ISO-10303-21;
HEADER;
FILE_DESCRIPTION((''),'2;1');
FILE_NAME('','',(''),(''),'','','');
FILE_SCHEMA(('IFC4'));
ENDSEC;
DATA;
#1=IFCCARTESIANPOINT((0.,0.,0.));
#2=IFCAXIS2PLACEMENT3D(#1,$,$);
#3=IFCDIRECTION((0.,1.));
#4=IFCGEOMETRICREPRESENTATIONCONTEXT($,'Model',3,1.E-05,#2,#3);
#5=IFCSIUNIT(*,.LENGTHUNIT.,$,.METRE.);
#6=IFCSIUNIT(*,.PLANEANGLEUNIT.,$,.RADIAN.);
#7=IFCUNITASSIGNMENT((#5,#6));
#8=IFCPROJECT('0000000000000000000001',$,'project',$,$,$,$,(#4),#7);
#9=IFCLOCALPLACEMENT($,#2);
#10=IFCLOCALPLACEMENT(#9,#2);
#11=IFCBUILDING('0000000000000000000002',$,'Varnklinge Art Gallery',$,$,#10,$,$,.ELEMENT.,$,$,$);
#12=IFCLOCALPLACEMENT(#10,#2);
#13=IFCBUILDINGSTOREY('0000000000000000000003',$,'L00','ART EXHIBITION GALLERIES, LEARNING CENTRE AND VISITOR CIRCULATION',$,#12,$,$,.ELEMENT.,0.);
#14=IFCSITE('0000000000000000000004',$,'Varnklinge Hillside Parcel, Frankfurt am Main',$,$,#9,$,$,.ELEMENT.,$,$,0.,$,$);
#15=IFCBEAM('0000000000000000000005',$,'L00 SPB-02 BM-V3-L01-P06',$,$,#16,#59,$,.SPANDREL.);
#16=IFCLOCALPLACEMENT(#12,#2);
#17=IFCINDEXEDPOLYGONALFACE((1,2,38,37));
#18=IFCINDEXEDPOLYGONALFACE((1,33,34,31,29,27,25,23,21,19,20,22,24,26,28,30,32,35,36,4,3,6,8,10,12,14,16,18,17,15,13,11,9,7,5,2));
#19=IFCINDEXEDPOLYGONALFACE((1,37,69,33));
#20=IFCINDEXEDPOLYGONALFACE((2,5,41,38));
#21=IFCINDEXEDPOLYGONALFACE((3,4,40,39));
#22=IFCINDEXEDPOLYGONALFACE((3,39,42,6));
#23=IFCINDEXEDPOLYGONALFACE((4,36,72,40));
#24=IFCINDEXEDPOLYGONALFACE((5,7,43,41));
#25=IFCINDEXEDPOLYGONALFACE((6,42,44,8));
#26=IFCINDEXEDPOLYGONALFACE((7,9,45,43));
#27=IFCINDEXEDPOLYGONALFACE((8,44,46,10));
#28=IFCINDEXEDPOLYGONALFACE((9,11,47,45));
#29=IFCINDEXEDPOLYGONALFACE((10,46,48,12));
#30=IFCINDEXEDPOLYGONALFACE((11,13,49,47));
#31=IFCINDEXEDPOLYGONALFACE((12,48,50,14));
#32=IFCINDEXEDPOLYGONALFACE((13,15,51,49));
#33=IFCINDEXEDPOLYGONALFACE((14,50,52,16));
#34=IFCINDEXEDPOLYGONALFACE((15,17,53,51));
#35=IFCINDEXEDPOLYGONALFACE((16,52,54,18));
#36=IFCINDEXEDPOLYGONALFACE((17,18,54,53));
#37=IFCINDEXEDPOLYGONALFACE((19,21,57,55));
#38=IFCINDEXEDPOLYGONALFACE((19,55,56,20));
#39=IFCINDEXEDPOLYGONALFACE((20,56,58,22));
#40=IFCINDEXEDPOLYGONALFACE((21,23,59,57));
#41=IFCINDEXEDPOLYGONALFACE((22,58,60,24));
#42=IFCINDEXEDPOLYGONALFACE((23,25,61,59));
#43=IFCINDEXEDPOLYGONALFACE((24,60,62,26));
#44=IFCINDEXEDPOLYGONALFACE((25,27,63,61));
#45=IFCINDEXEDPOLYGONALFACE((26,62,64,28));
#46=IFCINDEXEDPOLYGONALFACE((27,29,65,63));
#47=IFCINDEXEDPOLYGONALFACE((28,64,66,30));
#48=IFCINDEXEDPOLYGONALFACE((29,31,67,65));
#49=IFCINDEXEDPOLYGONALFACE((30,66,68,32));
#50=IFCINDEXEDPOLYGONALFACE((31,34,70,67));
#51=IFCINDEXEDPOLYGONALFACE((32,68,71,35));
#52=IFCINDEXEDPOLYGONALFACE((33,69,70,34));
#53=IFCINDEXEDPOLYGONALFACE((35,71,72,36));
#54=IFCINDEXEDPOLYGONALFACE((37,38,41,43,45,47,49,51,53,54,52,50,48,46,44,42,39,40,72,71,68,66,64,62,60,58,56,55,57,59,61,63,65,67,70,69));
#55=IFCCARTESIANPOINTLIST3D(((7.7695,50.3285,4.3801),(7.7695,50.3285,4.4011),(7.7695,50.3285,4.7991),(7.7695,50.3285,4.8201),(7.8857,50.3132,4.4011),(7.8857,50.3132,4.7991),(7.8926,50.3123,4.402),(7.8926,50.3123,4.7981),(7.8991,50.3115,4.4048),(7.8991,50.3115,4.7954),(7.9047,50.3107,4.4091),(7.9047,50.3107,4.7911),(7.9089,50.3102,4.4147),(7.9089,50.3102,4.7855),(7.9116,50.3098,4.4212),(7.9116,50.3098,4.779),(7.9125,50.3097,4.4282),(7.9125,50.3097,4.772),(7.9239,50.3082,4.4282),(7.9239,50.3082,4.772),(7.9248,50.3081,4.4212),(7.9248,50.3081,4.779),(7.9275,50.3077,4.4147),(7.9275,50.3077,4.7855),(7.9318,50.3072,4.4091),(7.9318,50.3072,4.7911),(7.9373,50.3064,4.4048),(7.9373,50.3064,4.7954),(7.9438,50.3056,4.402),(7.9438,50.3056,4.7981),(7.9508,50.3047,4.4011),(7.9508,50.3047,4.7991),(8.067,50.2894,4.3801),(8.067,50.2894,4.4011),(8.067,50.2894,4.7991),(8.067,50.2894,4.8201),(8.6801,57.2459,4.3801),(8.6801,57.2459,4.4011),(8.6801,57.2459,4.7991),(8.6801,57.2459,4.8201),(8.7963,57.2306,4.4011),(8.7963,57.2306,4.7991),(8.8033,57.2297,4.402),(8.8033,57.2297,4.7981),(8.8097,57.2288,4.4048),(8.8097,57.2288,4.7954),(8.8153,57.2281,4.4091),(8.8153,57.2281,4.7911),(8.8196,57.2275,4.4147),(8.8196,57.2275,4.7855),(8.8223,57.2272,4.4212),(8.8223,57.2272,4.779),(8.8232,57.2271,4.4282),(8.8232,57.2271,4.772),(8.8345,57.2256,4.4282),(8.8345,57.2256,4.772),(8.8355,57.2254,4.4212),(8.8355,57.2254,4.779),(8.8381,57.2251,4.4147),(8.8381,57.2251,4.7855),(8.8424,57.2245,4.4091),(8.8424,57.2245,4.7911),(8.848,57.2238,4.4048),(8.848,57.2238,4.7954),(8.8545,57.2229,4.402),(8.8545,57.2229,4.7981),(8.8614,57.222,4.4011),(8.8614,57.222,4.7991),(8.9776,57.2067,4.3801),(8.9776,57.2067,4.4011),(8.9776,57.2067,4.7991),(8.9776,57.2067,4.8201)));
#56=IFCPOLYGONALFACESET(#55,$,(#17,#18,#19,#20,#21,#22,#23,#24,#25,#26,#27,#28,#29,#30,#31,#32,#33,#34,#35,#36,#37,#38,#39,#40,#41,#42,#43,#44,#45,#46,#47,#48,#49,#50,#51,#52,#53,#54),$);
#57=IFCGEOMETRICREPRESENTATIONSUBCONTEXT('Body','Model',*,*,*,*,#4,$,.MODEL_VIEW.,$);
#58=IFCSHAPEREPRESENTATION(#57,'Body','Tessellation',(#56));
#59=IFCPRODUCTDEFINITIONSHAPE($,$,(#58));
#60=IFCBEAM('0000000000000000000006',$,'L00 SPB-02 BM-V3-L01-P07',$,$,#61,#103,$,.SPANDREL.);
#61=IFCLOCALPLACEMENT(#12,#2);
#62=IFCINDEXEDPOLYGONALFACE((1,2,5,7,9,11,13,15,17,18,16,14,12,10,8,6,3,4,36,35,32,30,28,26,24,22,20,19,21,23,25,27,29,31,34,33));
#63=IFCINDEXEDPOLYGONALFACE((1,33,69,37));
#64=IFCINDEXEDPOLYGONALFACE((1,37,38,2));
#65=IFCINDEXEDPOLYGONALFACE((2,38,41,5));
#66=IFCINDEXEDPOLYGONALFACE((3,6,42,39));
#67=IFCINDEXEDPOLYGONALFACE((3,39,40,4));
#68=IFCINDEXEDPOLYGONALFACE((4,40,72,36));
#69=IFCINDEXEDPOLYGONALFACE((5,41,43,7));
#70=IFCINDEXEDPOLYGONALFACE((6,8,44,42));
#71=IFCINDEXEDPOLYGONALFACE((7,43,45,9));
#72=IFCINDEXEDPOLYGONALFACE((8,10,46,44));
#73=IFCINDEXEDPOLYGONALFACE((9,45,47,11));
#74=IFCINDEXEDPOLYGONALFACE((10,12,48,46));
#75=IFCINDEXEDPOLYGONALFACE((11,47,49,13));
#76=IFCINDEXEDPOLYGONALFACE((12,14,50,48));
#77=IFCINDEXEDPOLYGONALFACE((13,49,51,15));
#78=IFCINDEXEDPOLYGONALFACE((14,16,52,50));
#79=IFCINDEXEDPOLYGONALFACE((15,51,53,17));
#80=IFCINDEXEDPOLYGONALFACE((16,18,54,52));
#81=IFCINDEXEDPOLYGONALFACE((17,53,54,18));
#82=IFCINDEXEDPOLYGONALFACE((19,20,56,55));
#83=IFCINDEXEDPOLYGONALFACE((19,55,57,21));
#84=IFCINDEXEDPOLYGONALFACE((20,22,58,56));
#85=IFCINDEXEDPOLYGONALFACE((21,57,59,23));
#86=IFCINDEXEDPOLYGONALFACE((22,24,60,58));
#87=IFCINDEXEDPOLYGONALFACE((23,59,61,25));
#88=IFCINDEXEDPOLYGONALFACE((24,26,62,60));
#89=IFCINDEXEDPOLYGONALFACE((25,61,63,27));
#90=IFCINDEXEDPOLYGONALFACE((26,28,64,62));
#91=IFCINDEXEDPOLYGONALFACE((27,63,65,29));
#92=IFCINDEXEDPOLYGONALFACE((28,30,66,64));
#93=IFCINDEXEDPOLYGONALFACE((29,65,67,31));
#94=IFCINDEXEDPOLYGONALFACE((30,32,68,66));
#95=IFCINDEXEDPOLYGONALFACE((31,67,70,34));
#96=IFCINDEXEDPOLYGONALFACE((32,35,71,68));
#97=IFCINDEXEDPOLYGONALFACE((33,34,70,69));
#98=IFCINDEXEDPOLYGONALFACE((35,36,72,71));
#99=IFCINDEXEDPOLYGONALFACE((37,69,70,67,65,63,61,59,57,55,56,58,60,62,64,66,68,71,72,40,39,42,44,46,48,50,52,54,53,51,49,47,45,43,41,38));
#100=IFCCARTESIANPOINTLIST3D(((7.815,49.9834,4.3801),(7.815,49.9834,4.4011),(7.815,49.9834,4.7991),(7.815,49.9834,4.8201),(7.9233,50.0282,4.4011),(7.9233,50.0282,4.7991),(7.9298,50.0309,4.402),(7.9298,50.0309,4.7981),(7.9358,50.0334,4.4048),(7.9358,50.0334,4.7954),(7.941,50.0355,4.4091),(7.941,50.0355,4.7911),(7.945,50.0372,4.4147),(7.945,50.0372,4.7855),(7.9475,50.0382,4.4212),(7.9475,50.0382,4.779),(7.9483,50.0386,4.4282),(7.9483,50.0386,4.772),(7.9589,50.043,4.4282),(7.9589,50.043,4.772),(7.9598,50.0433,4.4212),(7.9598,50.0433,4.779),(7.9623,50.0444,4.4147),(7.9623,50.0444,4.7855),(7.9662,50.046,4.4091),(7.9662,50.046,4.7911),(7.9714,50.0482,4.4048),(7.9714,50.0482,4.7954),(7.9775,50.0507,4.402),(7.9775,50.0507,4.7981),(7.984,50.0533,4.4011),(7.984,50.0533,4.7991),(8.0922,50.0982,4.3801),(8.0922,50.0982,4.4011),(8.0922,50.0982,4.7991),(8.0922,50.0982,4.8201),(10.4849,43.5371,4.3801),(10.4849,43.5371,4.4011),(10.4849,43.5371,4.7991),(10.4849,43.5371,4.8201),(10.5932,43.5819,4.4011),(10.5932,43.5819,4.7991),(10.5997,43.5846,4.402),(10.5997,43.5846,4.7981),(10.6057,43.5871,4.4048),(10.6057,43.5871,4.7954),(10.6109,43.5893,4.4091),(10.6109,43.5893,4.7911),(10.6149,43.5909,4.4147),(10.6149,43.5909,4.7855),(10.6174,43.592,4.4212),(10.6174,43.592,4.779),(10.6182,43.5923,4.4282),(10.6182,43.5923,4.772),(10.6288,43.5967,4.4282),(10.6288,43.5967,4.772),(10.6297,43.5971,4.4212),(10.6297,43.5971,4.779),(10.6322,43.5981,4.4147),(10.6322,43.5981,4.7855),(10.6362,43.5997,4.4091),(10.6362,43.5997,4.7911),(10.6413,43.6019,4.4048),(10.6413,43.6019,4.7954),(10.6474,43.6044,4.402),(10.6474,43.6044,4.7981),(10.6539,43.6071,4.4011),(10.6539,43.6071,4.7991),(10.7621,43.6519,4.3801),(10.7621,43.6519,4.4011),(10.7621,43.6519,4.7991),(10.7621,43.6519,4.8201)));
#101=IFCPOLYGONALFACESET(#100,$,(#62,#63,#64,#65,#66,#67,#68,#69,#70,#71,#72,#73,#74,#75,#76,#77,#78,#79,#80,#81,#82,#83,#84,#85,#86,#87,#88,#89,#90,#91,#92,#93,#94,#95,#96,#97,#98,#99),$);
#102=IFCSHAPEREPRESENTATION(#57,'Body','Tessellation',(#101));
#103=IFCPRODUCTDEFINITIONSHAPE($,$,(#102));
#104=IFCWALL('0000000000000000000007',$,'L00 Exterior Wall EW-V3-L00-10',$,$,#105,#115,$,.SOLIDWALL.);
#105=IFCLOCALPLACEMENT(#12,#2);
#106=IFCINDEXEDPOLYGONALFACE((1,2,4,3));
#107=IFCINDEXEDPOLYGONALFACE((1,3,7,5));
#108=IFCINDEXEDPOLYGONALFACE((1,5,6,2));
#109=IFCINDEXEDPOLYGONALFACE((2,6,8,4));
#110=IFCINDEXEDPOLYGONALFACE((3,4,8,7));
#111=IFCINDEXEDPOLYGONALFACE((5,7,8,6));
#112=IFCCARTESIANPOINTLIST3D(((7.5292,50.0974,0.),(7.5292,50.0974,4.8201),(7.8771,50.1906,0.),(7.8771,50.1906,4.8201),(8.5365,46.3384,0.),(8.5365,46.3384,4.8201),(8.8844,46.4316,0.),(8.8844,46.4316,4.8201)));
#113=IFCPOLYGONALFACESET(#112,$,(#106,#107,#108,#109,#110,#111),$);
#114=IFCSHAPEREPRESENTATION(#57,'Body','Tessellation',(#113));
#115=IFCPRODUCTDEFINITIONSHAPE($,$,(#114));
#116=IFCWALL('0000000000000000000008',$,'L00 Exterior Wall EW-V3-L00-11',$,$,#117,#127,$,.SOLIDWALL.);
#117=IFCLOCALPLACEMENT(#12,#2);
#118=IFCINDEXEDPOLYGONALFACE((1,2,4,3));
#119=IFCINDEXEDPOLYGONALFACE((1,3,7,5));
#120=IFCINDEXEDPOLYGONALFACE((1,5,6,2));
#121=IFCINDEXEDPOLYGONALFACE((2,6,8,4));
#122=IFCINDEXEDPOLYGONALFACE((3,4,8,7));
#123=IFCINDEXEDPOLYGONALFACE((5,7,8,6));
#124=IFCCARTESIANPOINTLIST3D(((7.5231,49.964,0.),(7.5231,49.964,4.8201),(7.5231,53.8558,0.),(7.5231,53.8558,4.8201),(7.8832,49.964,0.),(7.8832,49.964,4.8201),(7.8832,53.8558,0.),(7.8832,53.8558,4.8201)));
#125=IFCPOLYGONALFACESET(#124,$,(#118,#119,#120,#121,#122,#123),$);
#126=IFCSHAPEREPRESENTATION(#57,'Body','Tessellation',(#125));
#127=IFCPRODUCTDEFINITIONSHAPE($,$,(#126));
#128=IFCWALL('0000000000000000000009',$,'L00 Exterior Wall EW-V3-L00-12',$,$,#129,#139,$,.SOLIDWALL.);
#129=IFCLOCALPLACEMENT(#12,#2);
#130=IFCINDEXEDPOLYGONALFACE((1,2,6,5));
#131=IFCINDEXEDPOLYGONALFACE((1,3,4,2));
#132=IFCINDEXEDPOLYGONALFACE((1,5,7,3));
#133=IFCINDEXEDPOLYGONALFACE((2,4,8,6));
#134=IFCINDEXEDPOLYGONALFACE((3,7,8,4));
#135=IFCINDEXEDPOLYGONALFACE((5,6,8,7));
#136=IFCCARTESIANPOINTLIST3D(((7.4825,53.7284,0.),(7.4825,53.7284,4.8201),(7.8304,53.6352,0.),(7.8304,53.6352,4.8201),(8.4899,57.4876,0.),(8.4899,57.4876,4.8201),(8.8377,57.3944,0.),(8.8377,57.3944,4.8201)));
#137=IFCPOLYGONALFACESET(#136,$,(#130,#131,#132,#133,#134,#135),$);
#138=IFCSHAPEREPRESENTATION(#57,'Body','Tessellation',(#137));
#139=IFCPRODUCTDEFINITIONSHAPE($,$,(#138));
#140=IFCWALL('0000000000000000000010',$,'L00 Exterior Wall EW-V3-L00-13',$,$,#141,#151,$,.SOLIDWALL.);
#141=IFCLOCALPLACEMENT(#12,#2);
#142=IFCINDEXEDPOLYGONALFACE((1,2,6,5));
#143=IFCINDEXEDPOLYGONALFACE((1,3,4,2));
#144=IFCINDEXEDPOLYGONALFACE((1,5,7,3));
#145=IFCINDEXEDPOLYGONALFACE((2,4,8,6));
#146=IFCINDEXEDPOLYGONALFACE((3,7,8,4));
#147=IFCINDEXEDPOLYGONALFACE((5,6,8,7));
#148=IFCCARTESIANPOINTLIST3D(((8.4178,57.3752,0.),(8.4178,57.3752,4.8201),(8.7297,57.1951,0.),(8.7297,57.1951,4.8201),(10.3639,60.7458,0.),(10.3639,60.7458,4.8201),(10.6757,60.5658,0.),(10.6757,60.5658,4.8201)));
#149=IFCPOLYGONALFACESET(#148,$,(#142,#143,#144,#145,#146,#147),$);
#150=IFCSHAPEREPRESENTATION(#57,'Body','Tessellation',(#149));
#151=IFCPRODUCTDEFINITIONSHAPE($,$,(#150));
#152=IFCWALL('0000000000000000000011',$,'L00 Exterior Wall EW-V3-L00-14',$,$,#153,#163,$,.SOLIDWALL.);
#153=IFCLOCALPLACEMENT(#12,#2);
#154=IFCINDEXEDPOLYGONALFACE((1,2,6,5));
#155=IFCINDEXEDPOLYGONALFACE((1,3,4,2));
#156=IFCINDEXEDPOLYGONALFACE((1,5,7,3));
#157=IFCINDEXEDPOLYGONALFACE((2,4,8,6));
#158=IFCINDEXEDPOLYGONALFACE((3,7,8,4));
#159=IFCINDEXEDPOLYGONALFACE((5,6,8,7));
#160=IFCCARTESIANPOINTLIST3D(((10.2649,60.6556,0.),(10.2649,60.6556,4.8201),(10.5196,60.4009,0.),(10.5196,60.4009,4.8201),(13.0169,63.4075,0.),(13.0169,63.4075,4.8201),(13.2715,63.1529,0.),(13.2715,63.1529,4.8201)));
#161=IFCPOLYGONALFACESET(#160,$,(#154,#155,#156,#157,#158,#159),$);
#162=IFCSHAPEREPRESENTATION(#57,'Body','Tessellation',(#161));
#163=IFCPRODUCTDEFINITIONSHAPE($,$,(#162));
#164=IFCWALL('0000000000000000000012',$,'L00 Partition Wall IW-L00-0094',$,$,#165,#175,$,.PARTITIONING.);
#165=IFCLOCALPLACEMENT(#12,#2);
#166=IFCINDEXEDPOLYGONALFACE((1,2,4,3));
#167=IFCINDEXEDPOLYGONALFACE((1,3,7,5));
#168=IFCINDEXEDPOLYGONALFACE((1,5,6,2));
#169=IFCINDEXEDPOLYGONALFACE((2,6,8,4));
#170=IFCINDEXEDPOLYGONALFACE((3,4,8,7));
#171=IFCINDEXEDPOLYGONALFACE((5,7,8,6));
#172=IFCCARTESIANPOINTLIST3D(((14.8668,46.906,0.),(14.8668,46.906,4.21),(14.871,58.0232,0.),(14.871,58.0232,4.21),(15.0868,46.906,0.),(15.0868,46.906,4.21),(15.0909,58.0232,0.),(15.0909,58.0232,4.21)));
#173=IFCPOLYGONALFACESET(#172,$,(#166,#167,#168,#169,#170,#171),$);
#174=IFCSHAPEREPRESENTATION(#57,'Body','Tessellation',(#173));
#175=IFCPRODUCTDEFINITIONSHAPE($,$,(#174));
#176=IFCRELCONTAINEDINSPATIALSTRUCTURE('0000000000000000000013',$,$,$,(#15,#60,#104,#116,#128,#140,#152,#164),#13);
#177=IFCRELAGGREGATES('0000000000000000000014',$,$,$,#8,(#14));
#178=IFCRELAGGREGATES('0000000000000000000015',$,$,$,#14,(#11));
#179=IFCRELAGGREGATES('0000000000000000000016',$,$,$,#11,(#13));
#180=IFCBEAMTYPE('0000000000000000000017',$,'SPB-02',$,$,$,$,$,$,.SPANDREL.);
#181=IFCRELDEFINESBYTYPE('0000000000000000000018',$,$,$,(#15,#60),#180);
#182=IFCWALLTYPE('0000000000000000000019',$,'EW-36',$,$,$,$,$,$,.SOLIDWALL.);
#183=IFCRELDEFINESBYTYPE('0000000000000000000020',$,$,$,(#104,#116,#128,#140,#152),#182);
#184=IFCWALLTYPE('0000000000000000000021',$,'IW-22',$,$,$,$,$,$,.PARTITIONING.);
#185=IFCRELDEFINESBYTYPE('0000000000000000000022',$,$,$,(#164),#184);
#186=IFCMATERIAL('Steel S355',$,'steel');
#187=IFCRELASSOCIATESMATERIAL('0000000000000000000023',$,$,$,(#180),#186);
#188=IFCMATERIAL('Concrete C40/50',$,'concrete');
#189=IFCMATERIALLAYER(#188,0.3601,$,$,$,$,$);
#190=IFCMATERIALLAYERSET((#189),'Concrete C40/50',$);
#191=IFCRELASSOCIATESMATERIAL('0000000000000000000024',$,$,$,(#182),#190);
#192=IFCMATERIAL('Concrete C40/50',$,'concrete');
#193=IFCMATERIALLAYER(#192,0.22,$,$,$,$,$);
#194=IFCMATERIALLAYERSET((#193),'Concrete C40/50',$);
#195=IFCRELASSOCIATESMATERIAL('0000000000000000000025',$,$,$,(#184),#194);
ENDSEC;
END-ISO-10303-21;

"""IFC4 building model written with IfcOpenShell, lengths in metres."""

from ifc_helpers import new_model, si_unit, direction, frame, frame_2d, origin, origin_2d, place, context, subcontext, project, spatial, rectangle, i_section, extrude, material, layer, layer_set, material_profile, profile_set, type_object, element, save


model = new_model("IFC4")

# Units and contexts
model_context = context("Model", 3, precision=1e-05, world=origin(), true_north=direction((0.0, 1.0)))
body_context = subcontext(model_context, "Body", "Model", "MODEL_VIEW")
ifc_project = project(units=[si_unit("LENGTHUNIT", "METRE"), si_unit("PLANEANGLEUNIT", "RADIAN")], contexts=[model_context])

# Site, building, storey
site_placement = place(None, origin())
site = spatial("IfcSite", under=ifc_project, at=site_placement, Name="Varnklinge Hillside Parcel, Frankfurt am Main", CompositionType="ELEMENT", RefElevation=0.0)
building_placement = place(site_placement, origin())
building = spatial("IfcBuilding", under=site, at=building_placement, Name="Varnklinge Art Gallery", CompositionType="ELEMENT")
storey_placement = place(building_placement, origin())
storey = spatial("IfcBuildingStorey", under=building, at=storey_placement, Name="L00", Description="ART EXHIBITION GALLERIES, LEARNING CENTRE AND VISITOR CIRCULATION", CompositionType="ELEMENT", Elevation=0.0)

# Beams
ifc_material_1 = material(Name="Steel S355", Category="steel")
ifc_material_profile_1 = material_profile(ifc_material_1, i_section(OverallWidth=0.3, OverallDepth=0.4399, WebThickness=0.0115, FlangeThickness=0.021, FilletRadius=0.0271, at=origin_2d()), Name="HEA 450")
ifc_profile_set_1 = profile_set([ifc_material_profile_1], Name="Steel S355")
beam_type_1 = type_object("IfcBeamType", Name="SPB-02", PredefinedType="SPANDREL", material=ifc_profile_set_1)
beam_1_placement = place(storey_placement, frame((8.8289, 57.2263, 4.6001), z_axis=(-0.130518, -0.991446, 0.0), x_axis=(0.991446, -0.130518, 0.0)))
element("IfcBeam", 1, at=beam_1_placement, inside=storey, type_object=beam_type_1, Name="L00 SPB-02 BM-V3-L01-P06", PredefinedType="SPANDREL", context=body_context, shape_type="SweptSolid", body=[
    extrude(i_section(OverallWidth=0.3, OverallDepth=0.4399, WebThickness=0.0115, FlangeThickness=0.021, FilletRadius=0.0271, at=origin_2d()), origin(), (0.0, 0.0, 1.0), 6.9771),
])
beam_2_placement = place(storey_placement, frame((7.9536, 50.0408, 4.6001), z_axis=(0.382657, -0.923891, 0.0), x_axis=(0.923891, 0.382657, 0.0)))
element("IfcBeam", 2, at=beam_2_placement, inside=storey, type_object=beam_type_1, Name="L00 SPB-02 BM-V3-L01-P07", PredefinedType="SPANDREL", context=body_context, shape_type="SweptSolid", body=[
    extrude(i_section(OverallWidth=0.3, OverallDepth=0.4399, WebThickness=0.0115, FlangeThickness=0.021, FilletRadius=0.0271, at=origin_2d()), origin(), (0.0, 0.0, 1.0), 6.9773),
])

# Walls
ifc_material_2 = material(Name="Concrete C40/50", Category="concrete")
ifc_layer_1 = layer(ifc_material_2, 0.3601)
ifc_layer_set_1 = layer_set([ifc_layer_1], Name="Concrete C40/50")
wall_type_1 = type_object("IfcWallType", Name="EW-36", PredefinedType="SOLIDWALL", material=ifc_layer_set_1)
wall_1_placement = place(storey_placement, frame((8.7104, 46.385, 0.0), z_axis=(0.0, 0.0, 1.0), x_axis=(-0.258842, 0.96592, 0.0)))
element("IfcWall", 3, at=wall_1_placement, inside=storey, type_object=wall_type_1, Name="L00 Exterior Wall EW-V3-L00-10", PredefinedType="SOLIDWALL", context=body_context, shape_type="SweptSolid", body=[
    extrude(rectangle(XDim=3.8916, YDim=0.3601, at=frame_2d((1.9458, 0.0))), origin(), (0.0, 0.0, 1.0), 4.8201),
])
for number, where, z_axis, x_axis, name in (
    (4, (7.7031, 49.9641, 0.0), (0.0, 0.0, 1.0), (0.0, 1.0, 0.0), "L00 Exterior Wall EW-V3-L00-11"),
    (5, (7.6565, 53.6819, 0.0), (0.0, 0.0, 1.0), (0.258826, 0.965924, 0.0), "L00 Exterior Wall EW-V3-L00-12"),
):
    element("IfcWall", number, at=place(storey_placement, frame(where, z_axis=z_axis, x_axis=x_axis)), inside=storey, type_object=wall_type_1, Name=name, PredefinedType="SOLIDWALL", context=body_context, shape_type="SweptSolid", body=[
        extrude(rectangle(XDim=3.8918, YDim=0.3601, at=frame_2d((1.9458, 0.0))), origin(), (0.0, 0.0, 1.0), 4.8201),
    ])
wall_2_placement = place(storey_placement, frame((8.5737, 57.2852, 0.0), z_axis=(0.0, 0.0, 1.0), x_axis=(0.500005, 0.866023, 0.0)))
element("IfcWall", 6, at=wall_2_placement, inside=storey, type_object=wall_type_1, Name="L00 Exterior Wall EW-V3-L00-13", PredefinedType="SOLIDWALL", context=body_context, shape_type="SweptSolid", body=[
    extrude(rectangle(XDim=3.8921, YDim=0.3601, at=frame_2d((1.946, 0.0))), origin(), (0.0, 0.0, 1.0), 4.8201),
])
wall_3_placement = place(storey_placement, frame((10.3923, 60.5283, 0.0), z_axis=(0.0, 0.0, 1.0), x_axis=(0.707107, 0.707107, 0.0)))
element("IfcWall", 7, at=wall_3_placement, inside=storey, type_object=wall_type_1, Name="L00 Exterior Wall EW-V3-L00-14", PredefinedType="SOLIDWALL", context=body_context, shape_type="SweptSolid", body=[
    extrude(rectangle(XDim=3.8918, YDim=0.3601, at=frame_2d((1.9458, 0.0))), origin(), (0.0, 0.0, 1.0), 4.8201),
])
ifc_material_3 = material(Name="Concrete C40/50", Category="concrete")
ifc_layer_2 = layer(ifc_material_3, 0.22)
ifc_layer_set_2 = layer_set([ifc_layer_2], Name="Concrete C40/50")
wall_type_2 = type_object("IfcWallType", Name="IW-22", PredefinedType="PARTITIONING", material=ifc_layer_set_2)
wall_4_placement = place(storey_placement, frame((14.9768, 46.906, 0.0), z_axis=(0.0, 0.0, 1.0), x_axis=(0.000373, 1.0, 0.0)))
element("IfcWall", 8, at=wall_4_placement, inside=storey, type_object=wall_type_2, Name="L00 Partition Wall IW-L00-0094", PredefinedType="PARTITIONING", context=body_context, shape_type="SweptSolid", body=[
    extrude(rectangle(XDim=11.1172, YDim=0.22, at=frame_2d((5.5586, 0.0))), origin(), (0.0, 0.0, 1.0), 4.21),
])

save(model, "model.ifc")
